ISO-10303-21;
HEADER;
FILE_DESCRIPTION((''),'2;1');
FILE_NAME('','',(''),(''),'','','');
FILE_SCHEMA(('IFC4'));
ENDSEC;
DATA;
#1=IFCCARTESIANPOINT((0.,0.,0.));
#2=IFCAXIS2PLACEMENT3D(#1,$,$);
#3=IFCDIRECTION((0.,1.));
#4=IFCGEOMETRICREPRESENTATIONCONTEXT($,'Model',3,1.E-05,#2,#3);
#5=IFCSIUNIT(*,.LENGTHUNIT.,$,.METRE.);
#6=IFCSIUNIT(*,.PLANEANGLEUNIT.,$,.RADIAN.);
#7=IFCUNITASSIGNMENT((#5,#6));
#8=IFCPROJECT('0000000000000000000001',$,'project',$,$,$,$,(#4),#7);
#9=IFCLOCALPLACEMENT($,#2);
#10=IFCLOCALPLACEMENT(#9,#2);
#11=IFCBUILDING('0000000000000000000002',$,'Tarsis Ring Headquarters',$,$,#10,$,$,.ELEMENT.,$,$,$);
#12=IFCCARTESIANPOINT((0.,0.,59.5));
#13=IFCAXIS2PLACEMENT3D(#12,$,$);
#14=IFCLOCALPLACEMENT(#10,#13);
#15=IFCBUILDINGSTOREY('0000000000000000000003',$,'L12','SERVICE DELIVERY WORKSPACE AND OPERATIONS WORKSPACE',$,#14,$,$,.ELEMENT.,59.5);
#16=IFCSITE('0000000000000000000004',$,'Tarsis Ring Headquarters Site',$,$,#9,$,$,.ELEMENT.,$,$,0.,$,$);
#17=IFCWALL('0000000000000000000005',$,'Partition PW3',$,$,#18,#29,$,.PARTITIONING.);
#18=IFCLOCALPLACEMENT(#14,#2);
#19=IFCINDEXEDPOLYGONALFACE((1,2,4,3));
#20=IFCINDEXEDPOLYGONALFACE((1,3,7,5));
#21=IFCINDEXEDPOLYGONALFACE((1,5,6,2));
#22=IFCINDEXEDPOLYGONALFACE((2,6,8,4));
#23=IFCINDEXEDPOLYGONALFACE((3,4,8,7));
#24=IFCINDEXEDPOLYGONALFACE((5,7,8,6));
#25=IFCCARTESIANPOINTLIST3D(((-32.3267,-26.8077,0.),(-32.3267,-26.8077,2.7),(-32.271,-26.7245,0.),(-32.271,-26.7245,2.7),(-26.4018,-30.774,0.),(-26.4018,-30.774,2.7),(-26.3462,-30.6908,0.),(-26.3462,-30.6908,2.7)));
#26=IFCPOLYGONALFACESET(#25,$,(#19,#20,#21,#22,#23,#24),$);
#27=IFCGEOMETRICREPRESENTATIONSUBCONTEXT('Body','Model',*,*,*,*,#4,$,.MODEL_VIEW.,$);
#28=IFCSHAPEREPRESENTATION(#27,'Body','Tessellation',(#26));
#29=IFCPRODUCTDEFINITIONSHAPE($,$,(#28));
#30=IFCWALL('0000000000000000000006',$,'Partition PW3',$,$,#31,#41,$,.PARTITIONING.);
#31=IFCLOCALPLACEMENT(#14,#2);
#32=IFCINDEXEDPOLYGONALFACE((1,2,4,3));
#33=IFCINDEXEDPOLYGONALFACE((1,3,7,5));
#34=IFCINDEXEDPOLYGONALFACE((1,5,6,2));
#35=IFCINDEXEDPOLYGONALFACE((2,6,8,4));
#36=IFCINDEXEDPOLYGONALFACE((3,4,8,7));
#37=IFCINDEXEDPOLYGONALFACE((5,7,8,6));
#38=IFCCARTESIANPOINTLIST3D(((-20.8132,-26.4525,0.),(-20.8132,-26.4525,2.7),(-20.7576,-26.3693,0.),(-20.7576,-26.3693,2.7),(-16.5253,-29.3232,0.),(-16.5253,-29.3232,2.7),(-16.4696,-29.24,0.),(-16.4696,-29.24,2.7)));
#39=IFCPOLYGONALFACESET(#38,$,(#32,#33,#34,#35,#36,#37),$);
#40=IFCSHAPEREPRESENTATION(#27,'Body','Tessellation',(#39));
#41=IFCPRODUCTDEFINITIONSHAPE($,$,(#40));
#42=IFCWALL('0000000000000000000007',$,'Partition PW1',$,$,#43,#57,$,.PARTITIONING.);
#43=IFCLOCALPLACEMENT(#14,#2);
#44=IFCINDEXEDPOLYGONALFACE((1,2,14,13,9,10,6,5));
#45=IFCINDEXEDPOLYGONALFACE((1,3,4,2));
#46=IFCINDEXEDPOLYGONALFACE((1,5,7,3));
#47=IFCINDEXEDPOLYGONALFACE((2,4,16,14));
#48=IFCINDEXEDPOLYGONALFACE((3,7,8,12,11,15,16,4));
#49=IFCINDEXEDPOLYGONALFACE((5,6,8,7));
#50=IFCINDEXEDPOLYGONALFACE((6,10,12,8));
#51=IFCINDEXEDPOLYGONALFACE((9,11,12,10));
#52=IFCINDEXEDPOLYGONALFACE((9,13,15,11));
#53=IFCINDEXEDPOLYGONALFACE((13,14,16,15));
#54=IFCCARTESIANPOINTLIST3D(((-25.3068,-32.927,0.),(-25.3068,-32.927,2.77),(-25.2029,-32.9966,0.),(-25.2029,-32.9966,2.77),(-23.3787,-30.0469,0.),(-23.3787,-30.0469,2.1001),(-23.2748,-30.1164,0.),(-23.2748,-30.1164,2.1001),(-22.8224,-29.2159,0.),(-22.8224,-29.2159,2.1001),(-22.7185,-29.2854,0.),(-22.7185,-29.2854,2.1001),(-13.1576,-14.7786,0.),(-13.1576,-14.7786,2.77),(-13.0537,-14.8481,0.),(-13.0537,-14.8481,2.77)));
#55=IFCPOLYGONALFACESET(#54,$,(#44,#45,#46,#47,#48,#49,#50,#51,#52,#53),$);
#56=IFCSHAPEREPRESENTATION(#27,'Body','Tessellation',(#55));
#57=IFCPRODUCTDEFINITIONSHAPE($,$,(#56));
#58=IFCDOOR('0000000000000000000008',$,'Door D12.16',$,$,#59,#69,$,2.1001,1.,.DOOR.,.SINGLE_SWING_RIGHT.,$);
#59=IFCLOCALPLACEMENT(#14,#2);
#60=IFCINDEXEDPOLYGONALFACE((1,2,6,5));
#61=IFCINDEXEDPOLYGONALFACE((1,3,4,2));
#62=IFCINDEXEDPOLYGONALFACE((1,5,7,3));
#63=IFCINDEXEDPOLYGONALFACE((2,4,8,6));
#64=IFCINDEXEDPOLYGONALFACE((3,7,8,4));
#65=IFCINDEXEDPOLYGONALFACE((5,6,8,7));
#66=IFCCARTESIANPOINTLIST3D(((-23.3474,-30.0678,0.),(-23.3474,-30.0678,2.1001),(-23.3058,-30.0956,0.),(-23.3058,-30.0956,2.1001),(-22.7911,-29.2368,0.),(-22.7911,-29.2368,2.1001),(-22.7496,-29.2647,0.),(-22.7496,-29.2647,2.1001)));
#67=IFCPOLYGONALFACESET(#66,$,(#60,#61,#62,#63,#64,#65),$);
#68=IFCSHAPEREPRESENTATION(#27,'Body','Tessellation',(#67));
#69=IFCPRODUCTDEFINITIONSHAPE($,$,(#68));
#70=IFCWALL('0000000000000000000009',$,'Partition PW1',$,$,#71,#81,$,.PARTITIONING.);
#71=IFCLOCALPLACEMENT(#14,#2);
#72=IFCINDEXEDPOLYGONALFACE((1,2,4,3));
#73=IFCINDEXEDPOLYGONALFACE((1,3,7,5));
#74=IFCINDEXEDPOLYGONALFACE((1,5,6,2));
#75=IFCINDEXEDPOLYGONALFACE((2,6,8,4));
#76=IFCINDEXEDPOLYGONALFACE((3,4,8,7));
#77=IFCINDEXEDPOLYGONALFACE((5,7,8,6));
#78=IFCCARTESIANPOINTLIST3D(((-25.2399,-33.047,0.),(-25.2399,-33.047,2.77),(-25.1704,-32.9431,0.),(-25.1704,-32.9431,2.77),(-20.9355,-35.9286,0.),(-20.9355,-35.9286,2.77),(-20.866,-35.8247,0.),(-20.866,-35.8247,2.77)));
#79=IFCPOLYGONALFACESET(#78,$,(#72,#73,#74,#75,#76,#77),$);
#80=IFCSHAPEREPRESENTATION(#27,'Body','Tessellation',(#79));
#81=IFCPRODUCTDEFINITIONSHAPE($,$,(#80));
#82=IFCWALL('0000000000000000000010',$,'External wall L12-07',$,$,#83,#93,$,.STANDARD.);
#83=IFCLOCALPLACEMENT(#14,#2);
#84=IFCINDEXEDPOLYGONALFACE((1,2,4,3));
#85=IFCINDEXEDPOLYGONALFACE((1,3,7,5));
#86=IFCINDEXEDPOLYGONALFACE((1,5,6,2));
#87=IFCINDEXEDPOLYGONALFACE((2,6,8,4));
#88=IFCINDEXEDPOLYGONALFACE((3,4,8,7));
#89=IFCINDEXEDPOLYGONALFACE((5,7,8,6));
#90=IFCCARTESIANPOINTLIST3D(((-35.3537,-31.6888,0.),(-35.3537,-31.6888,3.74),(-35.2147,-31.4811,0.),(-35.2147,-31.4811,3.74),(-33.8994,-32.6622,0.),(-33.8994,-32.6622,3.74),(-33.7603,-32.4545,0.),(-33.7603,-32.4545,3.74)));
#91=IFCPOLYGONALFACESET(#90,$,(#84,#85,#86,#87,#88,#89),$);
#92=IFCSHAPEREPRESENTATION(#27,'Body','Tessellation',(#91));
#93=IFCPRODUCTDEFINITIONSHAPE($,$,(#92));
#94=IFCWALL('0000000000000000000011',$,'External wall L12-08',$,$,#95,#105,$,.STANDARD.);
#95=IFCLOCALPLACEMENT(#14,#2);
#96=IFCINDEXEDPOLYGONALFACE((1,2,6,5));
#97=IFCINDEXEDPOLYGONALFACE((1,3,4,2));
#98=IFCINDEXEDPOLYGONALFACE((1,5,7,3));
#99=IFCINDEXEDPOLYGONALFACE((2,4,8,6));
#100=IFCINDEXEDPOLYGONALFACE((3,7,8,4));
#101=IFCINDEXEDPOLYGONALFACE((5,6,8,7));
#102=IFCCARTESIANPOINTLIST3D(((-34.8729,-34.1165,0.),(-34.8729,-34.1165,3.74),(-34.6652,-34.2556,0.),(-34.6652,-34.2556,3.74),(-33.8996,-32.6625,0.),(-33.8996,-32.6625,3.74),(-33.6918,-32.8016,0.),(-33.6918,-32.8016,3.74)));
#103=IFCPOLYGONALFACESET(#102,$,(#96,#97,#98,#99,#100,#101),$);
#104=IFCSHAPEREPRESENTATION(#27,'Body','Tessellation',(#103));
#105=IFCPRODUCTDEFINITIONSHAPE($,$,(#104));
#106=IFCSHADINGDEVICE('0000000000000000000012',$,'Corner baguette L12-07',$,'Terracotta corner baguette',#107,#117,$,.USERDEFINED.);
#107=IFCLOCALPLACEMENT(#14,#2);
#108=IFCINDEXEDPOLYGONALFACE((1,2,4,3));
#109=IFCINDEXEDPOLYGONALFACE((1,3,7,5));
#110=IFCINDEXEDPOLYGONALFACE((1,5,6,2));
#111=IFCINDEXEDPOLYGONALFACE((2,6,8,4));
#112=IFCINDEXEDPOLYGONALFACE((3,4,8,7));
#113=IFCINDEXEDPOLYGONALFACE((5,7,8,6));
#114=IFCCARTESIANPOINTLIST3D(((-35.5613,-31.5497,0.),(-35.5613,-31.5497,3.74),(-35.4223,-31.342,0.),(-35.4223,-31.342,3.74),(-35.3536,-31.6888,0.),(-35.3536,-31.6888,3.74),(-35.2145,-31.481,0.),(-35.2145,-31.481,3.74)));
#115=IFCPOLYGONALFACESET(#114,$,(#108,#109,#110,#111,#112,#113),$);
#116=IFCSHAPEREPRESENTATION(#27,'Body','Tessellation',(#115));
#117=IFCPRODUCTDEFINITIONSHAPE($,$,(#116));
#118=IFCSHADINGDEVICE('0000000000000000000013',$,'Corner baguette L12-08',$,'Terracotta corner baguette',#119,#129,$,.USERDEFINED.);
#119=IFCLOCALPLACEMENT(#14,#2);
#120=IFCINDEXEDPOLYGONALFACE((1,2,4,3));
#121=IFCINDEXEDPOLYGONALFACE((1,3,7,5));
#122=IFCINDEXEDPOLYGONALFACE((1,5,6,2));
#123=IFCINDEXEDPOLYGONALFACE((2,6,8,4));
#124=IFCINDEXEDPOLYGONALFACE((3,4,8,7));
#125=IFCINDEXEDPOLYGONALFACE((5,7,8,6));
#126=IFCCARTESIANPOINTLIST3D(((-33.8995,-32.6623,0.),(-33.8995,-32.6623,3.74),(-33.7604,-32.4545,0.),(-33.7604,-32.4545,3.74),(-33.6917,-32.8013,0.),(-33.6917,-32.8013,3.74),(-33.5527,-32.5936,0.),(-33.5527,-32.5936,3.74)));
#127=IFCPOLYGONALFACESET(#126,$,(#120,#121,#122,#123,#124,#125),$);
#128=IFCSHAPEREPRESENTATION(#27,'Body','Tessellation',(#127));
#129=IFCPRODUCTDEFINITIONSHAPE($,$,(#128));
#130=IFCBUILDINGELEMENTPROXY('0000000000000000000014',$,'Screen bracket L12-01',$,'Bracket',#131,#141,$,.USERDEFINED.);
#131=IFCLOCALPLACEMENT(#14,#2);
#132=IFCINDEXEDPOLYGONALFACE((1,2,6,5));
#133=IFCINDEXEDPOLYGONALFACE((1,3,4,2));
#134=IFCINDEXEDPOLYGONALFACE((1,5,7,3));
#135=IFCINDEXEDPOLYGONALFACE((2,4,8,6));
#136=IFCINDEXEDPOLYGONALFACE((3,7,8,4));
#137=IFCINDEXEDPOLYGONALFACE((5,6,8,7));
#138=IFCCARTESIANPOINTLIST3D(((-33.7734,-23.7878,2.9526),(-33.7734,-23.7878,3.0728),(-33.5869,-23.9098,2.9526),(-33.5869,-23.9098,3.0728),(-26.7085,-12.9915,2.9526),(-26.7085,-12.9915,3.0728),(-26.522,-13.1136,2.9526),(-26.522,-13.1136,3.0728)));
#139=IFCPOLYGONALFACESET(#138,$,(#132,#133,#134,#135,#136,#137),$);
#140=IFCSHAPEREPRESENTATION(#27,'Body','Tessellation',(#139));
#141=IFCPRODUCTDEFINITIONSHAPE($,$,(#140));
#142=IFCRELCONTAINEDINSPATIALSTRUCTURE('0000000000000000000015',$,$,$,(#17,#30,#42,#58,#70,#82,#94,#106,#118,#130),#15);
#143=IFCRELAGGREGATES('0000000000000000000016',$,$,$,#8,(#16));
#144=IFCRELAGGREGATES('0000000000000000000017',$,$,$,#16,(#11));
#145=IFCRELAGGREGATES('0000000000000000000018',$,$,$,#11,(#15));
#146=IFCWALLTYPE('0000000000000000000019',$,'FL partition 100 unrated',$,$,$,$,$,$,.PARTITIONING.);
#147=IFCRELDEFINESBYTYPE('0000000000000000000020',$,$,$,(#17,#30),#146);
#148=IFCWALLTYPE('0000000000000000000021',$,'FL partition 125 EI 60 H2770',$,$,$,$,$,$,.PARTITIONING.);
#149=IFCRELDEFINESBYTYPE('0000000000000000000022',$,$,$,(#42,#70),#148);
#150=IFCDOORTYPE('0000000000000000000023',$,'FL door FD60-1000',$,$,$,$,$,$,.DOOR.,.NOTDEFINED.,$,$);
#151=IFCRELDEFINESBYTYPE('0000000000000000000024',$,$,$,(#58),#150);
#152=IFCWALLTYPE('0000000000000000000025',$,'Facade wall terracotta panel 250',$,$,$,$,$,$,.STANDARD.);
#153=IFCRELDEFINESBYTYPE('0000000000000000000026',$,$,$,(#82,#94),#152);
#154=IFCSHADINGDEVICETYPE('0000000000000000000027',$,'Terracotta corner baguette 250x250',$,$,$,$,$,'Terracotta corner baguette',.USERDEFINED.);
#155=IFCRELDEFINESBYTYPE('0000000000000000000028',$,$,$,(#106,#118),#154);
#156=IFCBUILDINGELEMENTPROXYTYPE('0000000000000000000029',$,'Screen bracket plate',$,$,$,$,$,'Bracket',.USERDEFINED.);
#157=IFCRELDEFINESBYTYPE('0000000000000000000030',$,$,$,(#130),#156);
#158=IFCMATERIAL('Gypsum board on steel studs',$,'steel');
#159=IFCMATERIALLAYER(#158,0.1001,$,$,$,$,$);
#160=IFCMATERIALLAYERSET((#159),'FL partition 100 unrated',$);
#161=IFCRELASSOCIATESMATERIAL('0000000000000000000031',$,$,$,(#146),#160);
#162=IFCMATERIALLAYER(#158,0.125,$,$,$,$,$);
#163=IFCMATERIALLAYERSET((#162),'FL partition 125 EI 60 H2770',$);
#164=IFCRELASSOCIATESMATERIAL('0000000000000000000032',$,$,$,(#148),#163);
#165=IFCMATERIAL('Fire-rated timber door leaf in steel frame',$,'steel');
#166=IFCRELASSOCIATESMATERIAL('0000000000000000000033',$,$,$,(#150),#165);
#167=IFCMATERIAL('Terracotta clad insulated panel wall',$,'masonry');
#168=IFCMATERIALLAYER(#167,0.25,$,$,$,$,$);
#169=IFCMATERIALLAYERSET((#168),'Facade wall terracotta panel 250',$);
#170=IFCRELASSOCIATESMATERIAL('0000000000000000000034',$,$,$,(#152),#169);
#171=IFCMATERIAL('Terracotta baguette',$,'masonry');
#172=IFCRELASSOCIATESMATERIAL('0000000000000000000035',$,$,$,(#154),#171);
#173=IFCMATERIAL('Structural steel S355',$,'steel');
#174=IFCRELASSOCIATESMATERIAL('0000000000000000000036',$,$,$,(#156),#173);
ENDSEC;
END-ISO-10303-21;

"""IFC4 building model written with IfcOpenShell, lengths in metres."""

from ifc_helpers import new_model, si_unit, direction, frame, frame_2d, origin, origin_2d, place, context, subcontext, project, spatial, rectangle, extrude, material, layer, layer_set, type_object, element, fill, save


model = new_model("IFC4")

# Units and contexts
model_context = context("Model", 3, precision=1e-05, world=origin(), true_north=direction((0.0, 1.0)))
body_context = subcontext(model_context, "Body", "Model", "MODEL_VIEW")
ifc_project = project(units=[si_unit("LENGTHUNIT", "METRE"), si_unit("PLANEANGLEUNIT", "RADIAN")], contexts=[model_context])

# Site, building, storey
site_placement = place(None, origin())
site = spatial("IfcSite", under=ifc_project, at=site_placement, Name="Tarsis Ring Headquarters Site", CompositionType="ELEMENT", RefElevation=0.0)
building_placement = place(site_placement, origin())
building = spatial("IfcBuilding", under=site, at=building_placement, Name="Tarsis Ring Headquarters", CompositionType="ELEMENT")
storey_placement = place(building_placement, frame((0.0, 0.0, 59.5)))
storey = spatial("IfcBuildingStorey", under=building, at=storey_placement, Name="L12", Description="SERVICE DELIVERY WORKSPACE AND OPERATIONS WORKSPACE", CompositionType="ELEMENT", Elevation=59.5)

# Shared definitions
ifc_material_1 = material(Name="Structural steel S355", Category="steel")

# Walls
ifc_material_2 = material(Name="Gypsum board on steel studs", Category="steel")
ifc_layer_1 = layer(ifc_material_2, 0.1001)
ifc_layer_set_1 = layer_set([ifc_layer_1], Name="FL partition 100 unrated")
wall_type_1 = type_object("IfcWallType", Name="FL partition 100 unrated", PredefinedType="PARTITIONING", material=ifc_layer_set_1)
wall_1_placement = place(storey_placement, frame((-32.2988, -26.7661, 0.0), z_axis=(0.0, 0.0, 1.0), x_axis=(0.830985, -0.556295, 0.0)))
element("IfcWall", 1, at=wall_1_placement, inside=storey, type_object=wall_type_1, Name="Partition PW3", PredefinedType="PARTITIONING", context=body_context, shape_type="SweptSolid", body=[
    extrude(rectangle(XDim=7.1299, YDim=0.1001, at=frame_2d((3.5649, 0.0))), origin(), (0.0, 0.0, 1.0), 2.7),
])
wall_2_placement = place(storey_placement, frame((-20.7854, -26.4109, 0.0), z_axis=(0.0, 0.0, 1.0), x_axis=(0.830971, -0.556315, 0.0)))
element("IfcWall", 2, at=wall_2_placement, inside=storey, type_object=wall_type_1, Name="Partition PW3", PredefinedType="PARTITIONING", context=body_context, shape_type="SweptSolid", body=[
    extrude(rectangle(XDim=5.1602, YDim=0.1001, at=frame_2d((2.5801, 0.0))), origin(), (0.0, 0.0, 1.0), 2.7),
])

# Wall, opening, door
ifc_layer_2 = layer(ifc_material_2, 0.125)
ifc_layer_set_2 = layer_set([ifc_layer_2], Name="FL partition 125 EI 60 H2770")
wall_type_2 = type_object("IfcWallType", Name="FL partition 125 EI 60 H2770", PredefinedType="PARTITIONING", material=ifc_layer_set_2)
wall_3_placement = place(storey_placement, frame((-25.2549, -32.9619, 0.0), z_axis=(0.0, 0.0, 1.0), x_axis=(0.556291, 0.830988, 0.0)))
wall_3 = element("IfcWall", 3, at=wall_3_placement, inside=storey, type_object=wall_type_2, Name="Partition PW1", PredefinedType="PARTITIONING", context=body_context, shape_type="SweptSolid", body=[
    extrude(rectangle(XDim=21.8396, YDim=0.125, at=frame_2d((10.9199, 0.0))), origin(), (0.0, 0.0, 1.0), 2.77),
])
opening_placement = place(wall_3_placement, frame((3.4661, 0.0, 0.0)))
opening = element("IfcOpeningElement", 4, at=opening_placement, cuts=wall_3, PredefinedType="OPENING", context=body_context, shape_type="SweptSolid", body=[
    extrude(rectangle(XDim=1.0, YDim=2.1001, at=frame_2d((0.5, 1.05))), frame((0.0, 0.0725, 0.0), z_axis=(0.0, -1.0, 0.0), x_axis=(1.0, 0.0, 0.0)), (0.0, 0.0, 1.0), 0.145),
])
ifc_material_3 = material(Name="Fire-rated timber door leaf in steel frame", Category="steel")
door_type = type_object("IfcDoorType", Name="FL door FD60-1000", OperationType="NOTDEFINED", PredefinedType="DOOR", material=ifc_material_3)
door_placement = place(opening_placement, origin())
door = element("IfcDoor", 5, at=door_placement, inside=storey, type_object=door_type, Name="Door D12.16", OperationType="SINGLE_SWING_RIGHT", OverallHeight=2.1001, OverallWidth=1.0, PredefinedType="DOOR", context=body_context, shape_type="SweptSolid", body=[
    extrude(rectangle(XDim=1.0, YDim=2.1001, at=frame_2d((0.5, 1.05))), frame((0.0, 0.0249, 0.0), z_axis=(0.0, -1.0, 0.0), x_axis=(1.0, 0.0, 0.0)), (0.0, 0.0, 1.0), 0.05),
])
fill(opening, door)

# Walls
wall_4_placement = place(storey_placement, frame((-25.2051, -32.9951, 0.0), z_axis=(0.0, 0.0, 1.0), x_axis=(0.830983, -0.556298, 0.0)))
element("IfcWall", 6, at=wall_4_placement, inside=storey, type_object=wall_type_2, Name="Partition PW1", PredefinedType="PARTITIONING", context=body_context, shape_type="SweptSolid", body=[
    extrude(rectangle(XDim=5.1799, YDim=0.125, at=frame_2d((2.5898, 0.0))), origin(), (0.0, 0.0, 1.0), 2.77),
])
ifc_material_4 = material(Name="Terracotta clad insulated panel wall", Category="masonry")
ifc_layer_3 = layer(ifc_material_4, 0.25)
ifc_layer_set_3 = layer_set([ifc_layer_3], Name="Facade wall terracotta panel 250")
wall_type_3 = type_object("IfcWallType", Name="Facade wall terracotta panel 250", PredefinedType="STANDARD", material=ifc_layer_set_3)
wall_5_placement = place(storey_placement, frame((-35.2842, -31.585, 0.0), z_axis=(0.0, 0.0, 1.0), x_axis=(0.83104, -0.556212, 0.0)))
element("IfcWall", 7, at=wall_5_placement, inside=storey, type_object=wall_type_3, Name="External wall L12-07", PredefinedType="STANDARD", context=body_context, shape_type="SweptSolid", body=[
    extrude(rectangle(XDim=1.75, YDim=0.25, at=frame_2d((0.875, 0.0))), origin(), (0.0, 0.0, 1.0), 3.74),
])
wall_6_placement = place(storey_placement, frame((-33.7957, -32.7319, 0.0), z_axis=(0.0, 0.0, 1.0), x_axis=(-0.556277, -0.830997, 0.0)))
element("IfcWall", 8, at=wall_6_placement, inside=storey, type_object=wall_type_3, Name="External wall L12-08", PredefinedType="STANDARD", context=body_context, shape_type="SweptSolid", body=[
    extrude(rectangle(XDim=1.7498, YDim=0.25, at=frame_2d((0.875, 0.0))), origin(), (0.0, 0.0, 1.0), 3.74),
])

# Shading devices
ifc_material_5 = material(Name="Terracotta baguette", Category="masonry")
shading_device_type_1 = type_object("IfcShadingDeviceType", Name="Terracotta corner baguette 250x250", ElementType="Terracotta corner baguette", PredefinedType="USERDEFINED", material=ifc_material_5)
for number, where, z_axis, x_axis, name in (
    (9, (-35.3879, -31.5154, 0.0), (0.0, 0.0, 1.0), (-0.556296, -0.830984, 0.0), "Corner baguette L12-07"),
    (10, (-33.7261, -32.6279, 0.0), (0.0, 0.0, 1.0), (0.830985, -0.556296, 0.0), "Corner baguette L12-08"),
):
    element("IfcShadingDevice", number, at=place(storey_placement, frame(where, z_axis=z_axis, x_axis=x_axis)), inside=storey, type_object=shading_device_type_1, Name=name, ObjectType="Terracotta corner baguette", PredefinedType="USERDEFINED", context=body_context, shape_type="SweptSolid", body=[
        extrude(rectangle(XDim=0.25, YDim=0.25, at=origin_2d()), origin(), (0.0, 0.0, 1.0), 3.74),
    ])

# Building element proxy
building_element_proxy_type = type_object("IfcBuildingElementProxyType", Name="Screen bracket plate", ElementType="Bracket", PredefinedType="USERDEFINED", material=ifc_material_1)
proxy_placement = place(storey_placement, frame((-30.1477, -18.4507, 2.9526), z_axis=(0.0, 0.0, 1.0), x_axis=(-0.547563, -0.836764, 0.0)))
element("IfcBuildingElementProxy", 11, at=proxy_placement, inside=storey, type_object=building_element_proxy_type, Name="Screen bracket L12-01", ObjectType="Bracket", PredefinedType="USERDEFINED", context=body_context, shape_type="SweptSolid", body=[
    extrude(rectangle(XDim=12.9023, YDim=0.2229, at=origin_2d()), origin(), (0.0, 0.0, 1.0), 0.1201),
])

save(model, "model.ifc")
